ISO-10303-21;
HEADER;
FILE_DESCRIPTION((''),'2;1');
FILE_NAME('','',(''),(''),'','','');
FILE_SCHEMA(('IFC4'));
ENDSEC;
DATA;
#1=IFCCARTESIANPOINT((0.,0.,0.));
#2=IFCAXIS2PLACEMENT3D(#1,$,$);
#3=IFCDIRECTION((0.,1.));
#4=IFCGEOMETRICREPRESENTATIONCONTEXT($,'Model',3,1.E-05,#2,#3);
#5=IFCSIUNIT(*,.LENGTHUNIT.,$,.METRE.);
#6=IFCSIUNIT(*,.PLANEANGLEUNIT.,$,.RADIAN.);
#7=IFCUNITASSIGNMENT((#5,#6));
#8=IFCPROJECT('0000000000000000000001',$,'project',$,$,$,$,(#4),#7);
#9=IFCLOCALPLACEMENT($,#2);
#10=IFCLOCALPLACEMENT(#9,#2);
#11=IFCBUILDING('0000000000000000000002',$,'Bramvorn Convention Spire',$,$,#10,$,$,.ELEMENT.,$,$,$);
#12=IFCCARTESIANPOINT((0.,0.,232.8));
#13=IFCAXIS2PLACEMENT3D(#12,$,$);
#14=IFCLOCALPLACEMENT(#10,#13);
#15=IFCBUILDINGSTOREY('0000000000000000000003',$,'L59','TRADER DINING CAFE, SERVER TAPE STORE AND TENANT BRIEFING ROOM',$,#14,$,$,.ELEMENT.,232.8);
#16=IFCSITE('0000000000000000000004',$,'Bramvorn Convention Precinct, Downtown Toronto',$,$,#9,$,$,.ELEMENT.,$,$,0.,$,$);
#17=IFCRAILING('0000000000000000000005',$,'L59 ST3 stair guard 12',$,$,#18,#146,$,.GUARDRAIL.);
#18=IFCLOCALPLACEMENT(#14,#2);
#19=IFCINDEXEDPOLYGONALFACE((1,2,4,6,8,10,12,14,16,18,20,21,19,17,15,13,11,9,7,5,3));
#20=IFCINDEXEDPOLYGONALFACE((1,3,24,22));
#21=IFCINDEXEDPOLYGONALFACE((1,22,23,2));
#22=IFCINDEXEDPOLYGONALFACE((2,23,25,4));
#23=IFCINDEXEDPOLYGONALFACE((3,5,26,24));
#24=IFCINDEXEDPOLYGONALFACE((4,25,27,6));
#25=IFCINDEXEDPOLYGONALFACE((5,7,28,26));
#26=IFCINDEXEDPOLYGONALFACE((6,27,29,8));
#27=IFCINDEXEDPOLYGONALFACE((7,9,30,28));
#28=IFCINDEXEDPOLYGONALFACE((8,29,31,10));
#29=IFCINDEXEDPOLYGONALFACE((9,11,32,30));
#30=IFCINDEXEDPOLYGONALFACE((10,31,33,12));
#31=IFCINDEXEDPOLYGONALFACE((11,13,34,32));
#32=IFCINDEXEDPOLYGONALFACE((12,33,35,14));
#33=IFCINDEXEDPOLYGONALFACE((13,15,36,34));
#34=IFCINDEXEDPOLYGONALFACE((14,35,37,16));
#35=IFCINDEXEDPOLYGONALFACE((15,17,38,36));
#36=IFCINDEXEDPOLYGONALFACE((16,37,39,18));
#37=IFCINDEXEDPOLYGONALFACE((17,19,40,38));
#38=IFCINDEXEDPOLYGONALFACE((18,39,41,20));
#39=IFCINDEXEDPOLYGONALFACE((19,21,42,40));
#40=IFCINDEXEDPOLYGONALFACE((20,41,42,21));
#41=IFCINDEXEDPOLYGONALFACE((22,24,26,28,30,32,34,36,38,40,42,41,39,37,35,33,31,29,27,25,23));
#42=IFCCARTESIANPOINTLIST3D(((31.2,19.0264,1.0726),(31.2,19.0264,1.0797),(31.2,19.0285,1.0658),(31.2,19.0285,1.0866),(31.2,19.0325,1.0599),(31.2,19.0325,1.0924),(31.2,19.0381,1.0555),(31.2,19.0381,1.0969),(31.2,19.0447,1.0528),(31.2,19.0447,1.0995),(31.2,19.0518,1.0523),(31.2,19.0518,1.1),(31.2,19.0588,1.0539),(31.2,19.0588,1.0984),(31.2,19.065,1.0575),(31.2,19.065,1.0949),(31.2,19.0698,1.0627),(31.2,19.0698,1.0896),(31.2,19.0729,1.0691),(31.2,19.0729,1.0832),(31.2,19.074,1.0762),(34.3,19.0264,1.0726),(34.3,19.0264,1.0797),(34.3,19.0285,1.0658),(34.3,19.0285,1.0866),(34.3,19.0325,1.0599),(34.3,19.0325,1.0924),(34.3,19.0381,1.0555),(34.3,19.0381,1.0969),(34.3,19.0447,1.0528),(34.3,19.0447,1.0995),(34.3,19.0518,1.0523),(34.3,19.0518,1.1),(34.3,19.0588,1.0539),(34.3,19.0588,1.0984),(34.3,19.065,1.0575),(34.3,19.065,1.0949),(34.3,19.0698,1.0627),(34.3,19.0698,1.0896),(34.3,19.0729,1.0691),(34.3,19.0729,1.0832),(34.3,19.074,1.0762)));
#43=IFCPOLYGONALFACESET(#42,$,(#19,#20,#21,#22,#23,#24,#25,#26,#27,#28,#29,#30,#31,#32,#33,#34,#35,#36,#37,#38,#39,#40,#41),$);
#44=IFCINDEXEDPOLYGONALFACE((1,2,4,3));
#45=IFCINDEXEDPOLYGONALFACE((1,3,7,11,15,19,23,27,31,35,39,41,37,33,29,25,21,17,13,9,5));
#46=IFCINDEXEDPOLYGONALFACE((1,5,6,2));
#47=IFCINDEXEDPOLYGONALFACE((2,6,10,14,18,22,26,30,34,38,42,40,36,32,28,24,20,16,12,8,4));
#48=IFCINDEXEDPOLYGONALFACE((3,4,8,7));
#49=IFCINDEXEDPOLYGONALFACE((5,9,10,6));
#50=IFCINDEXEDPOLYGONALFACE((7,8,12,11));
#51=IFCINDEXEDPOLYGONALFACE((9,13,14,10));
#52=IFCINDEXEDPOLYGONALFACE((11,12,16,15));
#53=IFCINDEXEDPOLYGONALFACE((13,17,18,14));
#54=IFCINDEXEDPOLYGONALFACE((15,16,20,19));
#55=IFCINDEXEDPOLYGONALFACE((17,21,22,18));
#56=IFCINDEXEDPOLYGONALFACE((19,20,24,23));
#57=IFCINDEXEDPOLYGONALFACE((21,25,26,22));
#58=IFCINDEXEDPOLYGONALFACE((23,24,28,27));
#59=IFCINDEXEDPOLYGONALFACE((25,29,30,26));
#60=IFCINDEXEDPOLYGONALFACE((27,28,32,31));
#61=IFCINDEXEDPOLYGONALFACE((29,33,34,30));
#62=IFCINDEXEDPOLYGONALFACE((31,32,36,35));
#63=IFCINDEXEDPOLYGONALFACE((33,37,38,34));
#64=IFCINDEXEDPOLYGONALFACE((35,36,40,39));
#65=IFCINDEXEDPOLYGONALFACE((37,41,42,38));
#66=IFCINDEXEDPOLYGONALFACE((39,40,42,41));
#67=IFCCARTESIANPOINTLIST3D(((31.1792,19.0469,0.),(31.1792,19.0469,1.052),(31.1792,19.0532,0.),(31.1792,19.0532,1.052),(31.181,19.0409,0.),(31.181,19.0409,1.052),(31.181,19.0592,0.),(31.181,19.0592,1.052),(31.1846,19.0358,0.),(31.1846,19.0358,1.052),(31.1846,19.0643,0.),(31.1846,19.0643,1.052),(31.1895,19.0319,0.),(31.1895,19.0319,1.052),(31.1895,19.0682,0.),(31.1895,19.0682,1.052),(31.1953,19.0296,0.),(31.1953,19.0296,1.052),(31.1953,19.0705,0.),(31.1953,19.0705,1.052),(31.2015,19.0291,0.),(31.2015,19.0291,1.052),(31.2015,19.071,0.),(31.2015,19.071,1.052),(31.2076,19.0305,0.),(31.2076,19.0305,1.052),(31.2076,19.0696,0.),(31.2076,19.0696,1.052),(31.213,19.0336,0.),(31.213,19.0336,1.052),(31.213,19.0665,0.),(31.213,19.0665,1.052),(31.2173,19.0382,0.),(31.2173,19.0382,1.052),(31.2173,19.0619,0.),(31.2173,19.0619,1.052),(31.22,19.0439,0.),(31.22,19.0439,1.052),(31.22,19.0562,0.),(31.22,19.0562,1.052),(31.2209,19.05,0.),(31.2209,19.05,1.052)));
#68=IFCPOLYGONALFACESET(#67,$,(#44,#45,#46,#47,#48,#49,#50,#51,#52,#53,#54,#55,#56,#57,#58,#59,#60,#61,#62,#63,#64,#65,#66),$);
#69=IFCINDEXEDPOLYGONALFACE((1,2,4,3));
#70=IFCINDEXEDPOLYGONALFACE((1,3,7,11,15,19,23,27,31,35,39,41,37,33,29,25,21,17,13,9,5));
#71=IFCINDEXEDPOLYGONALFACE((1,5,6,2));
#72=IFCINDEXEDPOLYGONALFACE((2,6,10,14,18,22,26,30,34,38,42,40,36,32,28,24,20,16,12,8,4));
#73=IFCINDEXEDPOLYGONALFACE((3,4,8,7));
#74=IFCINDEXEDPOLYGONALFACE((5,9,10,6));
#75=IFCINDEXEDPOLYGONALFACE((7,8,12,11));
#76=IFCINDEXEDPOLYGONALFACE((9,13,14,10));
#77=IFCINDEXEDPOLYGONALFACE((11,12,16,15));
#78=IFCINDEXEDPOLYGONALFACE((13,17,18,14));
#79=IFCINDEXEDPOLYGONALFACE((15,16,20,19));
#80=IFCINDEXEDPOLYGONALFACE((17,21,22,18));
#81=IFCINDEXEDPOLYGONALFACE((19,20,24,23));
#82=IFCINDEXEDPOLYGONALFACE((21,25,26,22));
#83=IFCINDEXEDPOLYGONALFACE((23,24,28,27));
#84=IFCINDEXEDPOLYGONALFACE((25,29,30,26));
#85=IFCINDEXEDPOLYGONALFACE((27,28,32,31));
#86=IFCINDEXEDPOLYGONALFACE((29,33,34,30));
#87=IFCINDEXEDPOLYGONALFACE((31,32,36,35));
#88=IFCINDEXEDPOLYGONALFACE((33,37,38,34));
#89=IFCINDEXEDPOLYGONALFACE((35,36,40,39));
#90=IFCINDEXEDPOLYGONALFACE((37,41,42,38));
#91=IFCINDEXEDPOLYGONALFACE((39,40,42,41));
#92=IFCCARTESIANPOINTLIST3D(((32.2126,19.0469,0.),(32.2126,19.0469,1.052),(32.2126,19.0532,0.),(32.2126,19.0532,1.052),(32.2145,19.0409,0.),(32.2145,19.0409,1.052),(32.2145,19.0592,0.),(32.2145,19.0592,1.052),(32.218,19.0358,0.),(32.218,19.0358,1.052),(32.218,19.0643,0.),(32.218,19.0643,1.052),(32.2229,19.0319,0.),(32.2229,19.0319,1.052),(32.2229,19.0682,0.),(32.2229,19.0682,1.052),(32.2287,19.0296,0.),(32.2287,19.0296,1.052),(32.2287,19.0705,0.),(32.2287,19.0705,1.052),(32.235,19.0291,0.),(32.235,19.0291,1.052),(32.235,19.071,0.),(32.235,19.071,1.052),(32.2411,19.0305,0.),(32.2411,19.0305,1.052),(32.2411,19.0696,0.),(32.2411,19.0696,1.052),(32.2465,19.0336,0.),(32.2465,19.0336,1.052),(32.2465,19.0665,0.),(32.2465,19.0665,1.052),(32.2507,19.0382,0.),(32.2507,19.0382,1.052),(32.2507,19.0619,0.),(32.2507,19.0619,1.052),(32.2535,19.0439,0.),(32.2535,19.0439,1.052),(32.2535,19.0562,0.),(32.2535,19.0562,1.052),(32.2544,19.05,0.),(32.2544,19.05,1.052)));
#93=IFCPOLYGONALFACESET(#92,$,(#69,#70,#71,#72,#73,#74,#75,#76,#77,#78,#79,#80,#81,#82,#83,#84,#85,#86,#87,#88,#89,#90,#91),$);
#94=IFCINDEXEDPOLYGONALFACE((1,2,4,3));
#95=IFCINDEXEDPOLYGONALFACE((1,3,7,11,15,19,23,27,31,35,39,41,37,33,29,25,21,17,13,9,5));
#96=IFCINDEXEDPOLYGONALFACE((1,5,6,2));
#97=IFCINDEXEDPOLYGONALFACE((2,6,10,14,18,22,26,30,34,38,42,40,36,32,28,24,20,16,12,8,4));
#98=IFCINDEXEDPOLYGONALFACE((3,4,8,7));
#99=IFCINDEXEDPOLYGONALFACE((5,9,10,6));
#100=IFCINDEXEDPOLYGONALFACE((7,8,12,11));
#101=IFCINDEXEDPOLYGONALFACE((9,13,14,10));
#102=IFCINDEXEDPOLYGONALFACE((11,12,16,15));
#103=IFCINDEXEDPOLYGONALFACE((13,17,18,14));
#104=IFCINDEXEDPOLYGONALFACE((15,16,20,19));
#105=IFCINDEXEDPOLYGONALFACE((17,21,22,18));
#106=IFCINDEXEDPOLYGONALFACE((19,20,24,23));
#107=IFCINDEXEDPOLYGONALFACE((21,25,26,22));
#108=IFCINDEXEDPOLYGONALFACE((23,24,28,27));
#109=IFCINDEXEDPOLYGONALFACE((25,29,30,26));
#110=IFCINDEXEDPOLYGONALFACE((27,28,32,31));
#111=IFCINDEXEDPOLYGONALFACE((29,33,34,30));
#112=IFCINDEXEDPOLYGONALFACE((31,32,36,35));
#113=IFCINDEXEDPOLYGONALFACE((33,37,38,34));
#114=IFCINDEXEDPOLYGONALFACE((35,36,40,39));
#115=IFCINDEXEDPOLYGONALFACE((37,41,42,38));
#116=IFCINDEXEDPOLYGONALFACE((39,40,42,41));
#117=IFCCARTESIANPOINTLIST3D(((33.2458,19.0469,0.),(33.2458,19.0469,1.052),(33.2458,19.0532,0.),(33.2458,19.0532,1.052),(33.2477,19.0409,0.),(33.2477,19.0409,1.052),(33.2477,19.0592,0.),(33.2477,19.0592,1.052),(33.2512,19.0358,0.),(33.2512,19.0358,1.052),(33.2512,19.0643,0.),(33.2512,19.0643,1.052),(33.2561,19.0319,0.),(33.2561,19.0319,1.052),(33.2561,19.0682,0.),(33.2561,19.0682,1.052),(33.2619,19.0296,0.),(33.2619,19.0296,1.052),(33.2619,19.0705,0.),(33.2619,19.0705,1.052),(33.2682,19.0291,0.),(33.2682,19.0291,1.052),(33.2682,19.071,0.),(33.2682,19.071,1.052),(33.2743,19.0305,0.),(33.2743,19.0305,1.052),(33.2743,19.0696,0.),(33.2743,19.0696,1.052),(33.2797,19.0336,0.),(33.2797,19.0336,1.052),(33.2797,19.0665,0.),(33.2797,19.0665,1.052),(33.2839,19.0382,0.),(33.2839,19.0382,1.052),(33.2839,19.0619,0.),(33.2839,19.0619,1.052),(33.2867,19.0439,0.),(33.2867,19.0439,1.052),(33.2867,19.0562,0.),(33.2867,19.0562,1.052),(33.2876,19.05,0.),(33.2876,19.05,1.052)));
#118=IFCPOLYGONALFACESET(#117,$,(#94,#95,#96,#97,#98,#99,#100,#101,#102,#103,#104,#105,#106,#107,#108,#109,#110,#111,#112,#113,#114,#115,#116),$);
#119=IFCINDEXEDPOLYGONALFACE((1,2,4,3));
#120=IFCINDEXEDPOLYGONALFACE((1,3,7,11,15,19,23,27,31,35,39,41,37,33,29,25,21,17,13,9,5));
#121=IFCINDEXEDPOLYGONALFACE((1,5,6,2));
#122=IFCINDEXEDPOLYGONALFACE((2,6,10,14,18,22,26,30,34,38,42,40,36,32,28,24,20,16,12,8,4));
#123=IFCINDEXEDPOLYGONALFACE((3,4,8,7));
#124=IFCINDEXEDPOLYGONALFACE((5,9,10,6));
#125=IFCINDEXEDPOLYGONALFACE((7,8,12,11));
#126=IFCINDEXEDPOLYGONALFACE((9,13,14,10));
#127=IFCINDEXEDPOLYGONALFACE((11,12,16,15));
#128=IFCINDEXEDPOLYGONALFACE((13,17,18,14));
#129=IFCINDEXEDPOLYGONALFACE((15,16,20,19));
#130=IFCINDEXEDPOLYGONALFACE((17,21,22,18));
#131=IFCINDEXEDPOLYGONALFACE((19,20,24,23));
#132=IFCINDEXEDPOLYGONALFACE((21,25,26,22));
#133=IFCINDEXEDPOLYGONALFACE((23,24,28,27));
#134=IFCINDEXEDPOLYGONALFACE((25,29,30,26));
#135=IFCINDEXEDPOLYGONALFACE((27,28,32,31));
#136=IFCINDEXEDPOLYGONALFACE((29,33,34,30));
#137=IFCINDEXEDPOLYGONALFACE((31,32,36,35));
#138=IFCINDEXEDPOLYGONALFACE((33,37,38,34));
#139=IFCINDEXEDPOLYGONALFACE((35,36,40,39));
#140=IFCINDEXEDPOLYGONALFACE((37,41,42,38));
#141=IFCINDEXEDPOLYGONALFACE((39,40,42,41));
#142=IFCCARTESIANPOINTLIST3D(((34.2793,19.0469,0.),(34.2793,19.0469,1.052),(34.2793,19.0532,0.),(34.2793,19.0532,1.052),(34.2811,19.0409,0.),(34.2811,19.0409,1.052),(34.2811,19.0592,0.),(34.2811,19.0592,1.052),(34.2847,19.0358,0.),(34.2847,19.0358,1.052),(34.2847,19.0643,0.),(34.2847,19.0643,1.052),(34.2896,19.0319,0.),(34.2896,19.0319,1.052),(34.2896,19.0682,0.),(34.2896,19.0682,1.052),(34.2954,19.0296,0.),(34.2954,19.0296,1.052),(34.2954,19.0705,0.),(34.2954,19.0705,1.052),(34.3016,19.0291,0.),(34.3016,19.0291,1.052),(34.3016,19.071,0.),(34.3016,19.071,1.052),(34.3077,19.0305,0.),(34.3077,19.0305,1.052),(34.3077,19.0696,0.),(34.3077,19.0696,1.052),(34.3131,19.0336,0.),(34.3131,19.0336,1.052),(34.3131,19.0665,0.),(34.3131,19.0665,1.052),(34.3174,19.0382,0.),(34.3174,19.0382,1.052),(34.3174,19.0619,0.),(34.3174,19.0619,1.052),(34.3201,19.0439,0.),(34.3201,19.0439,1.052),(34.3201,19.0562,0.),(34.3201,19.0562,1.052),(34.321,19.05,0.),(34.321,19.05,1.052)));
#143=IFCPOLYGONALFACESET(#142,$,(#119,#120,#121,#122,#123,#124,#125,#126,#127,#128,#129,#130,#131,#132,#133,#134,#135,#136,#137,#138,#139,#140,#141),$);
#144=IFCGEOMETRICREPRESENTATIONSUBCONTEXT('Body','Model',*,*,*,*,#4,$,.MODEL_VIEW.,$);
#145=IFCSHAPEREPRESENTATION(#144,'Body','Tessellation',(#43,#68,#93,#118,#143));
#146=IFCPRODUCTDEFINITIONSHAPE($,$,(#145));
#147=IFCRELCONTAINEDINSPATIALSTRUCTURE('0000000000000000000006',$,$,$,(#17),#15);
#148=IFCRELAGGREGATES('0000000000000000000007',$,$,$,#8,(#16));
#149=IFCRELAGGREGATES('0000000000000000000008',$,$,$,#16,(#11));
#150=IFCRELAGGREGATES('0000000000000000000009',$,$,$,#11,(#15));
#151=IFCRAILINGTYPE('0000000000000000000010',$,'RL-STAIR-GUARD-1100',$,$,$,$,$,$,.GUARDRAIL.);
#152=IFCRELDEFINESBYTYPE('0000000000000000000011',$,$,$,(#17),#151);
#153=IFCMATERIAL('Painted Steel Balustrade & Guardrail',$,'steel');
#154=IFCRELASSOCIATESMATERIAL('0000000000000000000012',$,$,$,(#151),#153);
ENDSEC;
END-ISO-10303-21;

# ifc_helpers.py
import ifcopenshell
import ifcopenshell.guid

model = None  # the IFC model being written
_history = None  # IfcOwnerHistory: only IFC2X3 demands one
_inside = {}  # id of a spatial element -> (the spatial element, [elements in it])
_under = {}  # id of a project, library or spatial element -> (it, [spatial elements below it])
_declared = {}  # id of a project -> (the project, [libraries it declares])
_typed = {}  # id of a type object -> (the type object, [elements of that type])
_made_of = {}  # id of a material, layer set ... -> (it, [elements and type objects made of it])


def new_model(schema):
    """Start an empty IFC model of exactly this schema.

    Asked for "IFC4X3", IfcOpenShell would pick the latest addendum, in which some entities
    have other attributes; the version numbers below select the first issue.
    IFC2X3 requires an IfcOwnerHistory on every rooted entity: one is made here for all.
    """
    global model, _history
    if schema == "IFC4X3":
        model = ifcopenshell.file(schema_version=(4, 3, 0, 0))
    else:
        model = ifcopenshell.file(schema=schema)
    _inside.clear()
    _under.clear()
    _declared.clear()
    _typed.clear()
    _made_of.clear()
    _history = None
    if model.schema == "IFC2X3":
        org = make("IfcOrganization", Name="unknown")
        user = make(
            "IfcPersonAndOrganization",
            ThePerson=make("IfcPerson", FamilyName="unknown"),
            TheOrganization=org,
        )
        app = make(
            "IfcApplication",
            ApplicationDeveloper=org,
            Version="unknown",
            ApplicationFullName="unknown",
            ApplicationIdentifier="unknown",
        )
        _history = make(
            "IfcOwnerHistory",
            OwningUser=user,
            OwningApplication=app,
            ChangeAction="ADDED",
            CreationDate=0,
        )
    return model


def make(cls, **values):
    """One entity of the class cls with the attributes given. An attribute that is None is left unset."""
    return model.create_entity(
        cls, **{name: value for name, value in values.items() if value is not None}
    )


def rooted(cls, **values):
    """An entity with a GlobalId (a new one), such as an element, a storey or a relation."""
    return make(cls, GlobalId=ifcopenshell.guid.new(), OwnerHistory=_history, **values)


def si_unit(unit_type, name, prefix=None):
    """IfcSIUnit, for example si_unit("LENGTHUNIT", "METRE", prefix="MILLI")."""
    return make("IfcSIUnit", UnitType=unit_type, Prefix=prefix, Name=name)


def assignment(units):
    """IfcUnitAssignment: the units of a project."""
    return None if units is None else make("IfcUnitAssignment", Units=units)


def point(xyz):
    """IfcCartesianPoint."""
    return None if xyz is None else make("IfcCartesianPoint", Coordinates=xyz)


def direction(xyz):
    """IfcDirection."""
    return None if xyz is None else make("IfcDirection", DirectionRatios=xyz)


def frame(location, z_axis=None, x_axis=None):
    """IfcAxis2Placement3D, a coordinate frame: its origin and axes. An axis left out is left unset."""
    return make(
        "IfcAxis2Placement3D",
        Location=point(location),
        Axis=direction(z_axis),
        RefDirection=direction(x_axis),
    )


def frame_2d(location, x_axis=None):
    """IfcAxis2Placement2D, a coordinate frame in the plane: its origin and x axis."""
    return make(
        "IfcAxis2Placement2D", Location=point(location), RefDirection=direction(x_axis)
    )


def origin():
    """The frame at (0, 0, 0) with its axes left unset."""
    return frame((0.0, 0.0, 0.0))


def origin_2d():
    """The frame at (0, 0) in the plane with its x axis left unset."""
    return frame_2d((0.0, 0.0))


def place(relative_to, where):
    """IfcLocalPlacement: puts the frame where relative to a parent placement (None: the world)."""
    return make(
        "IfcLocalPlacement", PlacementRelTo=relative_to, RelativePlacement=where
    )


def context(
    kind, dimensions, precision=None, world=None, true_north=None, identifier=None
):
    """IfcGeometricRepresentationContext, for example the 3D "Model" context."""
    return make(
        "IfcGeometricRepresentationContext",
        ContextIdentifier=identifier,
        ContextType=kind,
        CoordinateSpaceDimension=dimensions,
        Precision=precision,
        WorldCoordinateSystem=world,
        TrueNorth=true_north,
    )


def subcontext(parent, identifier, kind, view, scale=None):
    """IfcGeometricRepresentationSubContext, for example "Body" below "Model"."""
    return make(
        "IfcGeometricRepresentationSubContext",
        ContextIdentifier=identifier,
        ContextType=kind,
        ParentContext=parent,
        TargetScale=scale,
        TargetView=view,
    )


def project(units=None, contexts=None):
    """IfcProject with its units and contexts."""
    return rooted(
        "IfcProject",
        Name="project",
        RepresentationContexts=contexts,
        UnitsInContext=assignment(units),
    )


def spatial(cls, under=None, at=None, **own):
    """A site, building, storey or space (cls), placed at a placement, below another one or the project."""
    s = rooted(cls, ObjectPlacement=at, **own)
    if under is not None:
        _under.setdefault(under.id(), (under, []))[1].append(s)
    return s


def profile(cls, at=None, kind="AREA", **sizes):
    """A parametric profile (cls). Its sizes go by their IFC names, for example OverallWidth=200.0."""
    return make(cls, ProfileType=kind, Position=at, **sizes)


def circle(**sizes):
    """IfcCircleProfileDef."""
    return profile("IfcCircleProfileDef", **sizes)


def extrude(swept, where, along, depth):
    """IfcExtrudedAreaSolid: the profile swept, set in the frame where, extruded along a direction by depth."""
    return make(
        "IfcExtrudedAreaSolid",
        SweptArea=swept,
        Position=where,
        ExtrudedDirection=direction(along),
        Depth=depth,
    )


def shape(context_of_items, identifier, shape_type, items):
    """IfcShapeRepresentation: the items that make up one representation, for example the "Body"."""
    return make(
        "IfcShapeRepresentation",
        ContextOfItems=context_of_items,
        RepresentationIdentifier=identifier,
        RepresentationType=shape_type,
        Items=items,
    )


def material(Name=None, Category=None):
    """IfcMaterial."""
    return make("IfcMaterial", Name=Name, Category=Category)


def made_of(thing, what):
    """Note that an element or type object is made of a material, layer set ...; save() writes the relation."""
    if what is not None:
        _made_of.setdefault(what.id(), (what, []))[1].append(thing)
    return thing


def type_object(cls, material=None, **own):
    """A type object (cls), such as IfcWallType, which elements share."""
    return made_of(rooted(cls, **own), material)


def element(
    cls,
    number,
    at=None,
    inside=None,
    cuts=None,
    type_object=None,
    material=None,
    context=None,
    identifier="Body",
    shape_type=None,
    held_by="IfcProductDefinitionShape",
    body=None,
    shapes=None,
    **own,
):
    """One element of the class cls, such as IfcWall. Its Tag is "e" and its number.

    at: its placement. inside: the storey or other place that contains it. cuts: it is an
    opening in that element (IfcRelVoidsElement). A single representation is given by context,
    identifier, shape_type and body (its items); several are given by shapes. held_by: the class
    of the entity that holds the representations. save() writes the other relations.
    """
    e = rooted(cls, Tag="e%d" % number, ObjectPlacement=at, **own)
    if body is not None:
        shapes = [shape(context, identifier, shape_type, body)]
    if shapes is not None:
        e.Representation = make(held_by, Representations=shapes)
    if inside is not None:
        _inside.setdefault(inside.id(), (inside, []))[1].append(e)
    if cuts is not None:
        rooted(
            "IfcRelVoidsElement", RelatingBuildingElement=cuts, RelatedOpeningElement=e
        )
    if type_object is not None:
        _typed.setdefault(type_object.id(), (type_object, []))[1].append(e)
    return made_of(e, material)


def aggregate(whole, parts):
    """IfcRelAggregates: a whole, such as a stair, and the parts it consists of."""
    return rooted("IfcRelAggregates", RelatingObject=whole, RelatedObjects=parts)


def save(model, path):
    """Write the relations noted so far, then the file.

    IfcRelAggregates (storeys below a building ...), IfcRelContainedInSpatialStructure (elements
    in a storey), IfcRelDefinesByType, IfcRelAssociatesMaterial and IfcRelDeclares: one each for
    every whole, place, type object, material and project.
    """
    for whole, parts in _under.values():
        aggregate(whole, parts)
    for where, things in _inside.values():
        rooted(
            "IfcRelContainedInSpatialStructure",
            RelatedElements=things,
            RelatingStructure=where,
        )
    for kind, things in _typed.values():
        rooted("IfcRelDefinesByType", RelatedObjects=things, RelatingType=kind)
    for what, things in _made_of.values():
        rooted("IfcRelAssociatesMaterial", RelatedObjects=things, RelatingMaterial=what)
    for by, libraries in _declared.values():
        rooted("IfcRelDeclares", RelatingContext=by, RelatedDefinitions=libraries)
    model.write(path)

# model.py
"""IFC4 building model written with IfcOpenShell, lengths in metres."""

from ifc_helpers import new_model, si_unit, direction, frame, origin, origin_2d, place, context, subcontext, project, spatial, circle, extrude, material, type_object, element, save


model = new_model("IFC4")

# Units and contexts
model_context = context("Model", 3, precision=1e-05, world=origin(), true_north=direction((0.0, 1.0)))
body_context = subcontext(model_context, "Body", "Model", "MODEL_VIEW")
ifc_project = project(units=[si_unit("LENGTHUNIT", "METRE"), si_unit("PLANEANGLEUNIT", "RADIAN")], contexts=[model_context])

# Site, building, storey
site_placement = place(None, origin())
site = spatial("IfcSite", under=ifc_project, at=site_placement, Name="Bramvorn Convention Precinct, Downtown Toronto", CompositionType="ELEMENT", RefElevation=0.0)
building_placement = place(site_placement, origin())
building = spatial("IfcBuilding", under=site, at=building_placement, Name="Bramvorn Convention Spire", CompositionType="ELEMENT")
storey_placement = place(building_placement, frame((0.0, 0.0, 232.8)))
storey = spatial("IfcBuildingStorey", under=building, at=storey_placement, Name="L59", Description="TRADER DINING CAFE, SERVER TAPE STORE AND TENANT BRIEFING ROOM", CompositionType="ELEMENT", Elevation=232.8)

# Railing
ifc_material_1 = material(Name="Painted Steel Balustrade & Guardrail", Category="steel")
railing_type_1 = type_object("IfcRailingType", Name="RL-STAIR-GUARD-1100", PredefinedType="GUARDRAIL", material=ifc_material_1)
railing_1_placement = place(storey_placement, frame((31.2, 19.05, 0.0)))
element("IfcRailing", 1, at=railing_1_placement, inside=storey, type_object=railing_type_1, Name="L59 ST3 stair guard 12", PredefinedType="GUARDRAIL", context=body_context, shape_type="SweptSolid", body=[
    extrude(circle(Radius=0.0239, at=origin_2d()), frame((0.0, 0.0, 1.0762), z_axis=(1.0, 0.0, 0.0), x_axis=(0.0, 1.0, 0.0)), (0.0, 0.0, 1.0), 3.1001),
    extrude(circle(Radius=0.021, at=origin_2d()), origin(), (0.0, 0.0, 1.0), 1.052),
    extrude(circle(Radius=0.021, at=origin_2d()), frame((1.0334, 0.0, 0.0)), (0.0, 0.0, 1.0), 1.052),
    extrude(circle(Radius=0.021, at=origin_2d()), frame((2.0667, 0.0, 0.0)), (0.0, 0.0, 1.0), 1.052),
    extrude(circle(Radius=0.021, at=origin_2d()), frame((3.1001, 0.0, 0.0)), (0.0, 0.0, 1.0), 1.052),
])

save(model, "model.ifc")
